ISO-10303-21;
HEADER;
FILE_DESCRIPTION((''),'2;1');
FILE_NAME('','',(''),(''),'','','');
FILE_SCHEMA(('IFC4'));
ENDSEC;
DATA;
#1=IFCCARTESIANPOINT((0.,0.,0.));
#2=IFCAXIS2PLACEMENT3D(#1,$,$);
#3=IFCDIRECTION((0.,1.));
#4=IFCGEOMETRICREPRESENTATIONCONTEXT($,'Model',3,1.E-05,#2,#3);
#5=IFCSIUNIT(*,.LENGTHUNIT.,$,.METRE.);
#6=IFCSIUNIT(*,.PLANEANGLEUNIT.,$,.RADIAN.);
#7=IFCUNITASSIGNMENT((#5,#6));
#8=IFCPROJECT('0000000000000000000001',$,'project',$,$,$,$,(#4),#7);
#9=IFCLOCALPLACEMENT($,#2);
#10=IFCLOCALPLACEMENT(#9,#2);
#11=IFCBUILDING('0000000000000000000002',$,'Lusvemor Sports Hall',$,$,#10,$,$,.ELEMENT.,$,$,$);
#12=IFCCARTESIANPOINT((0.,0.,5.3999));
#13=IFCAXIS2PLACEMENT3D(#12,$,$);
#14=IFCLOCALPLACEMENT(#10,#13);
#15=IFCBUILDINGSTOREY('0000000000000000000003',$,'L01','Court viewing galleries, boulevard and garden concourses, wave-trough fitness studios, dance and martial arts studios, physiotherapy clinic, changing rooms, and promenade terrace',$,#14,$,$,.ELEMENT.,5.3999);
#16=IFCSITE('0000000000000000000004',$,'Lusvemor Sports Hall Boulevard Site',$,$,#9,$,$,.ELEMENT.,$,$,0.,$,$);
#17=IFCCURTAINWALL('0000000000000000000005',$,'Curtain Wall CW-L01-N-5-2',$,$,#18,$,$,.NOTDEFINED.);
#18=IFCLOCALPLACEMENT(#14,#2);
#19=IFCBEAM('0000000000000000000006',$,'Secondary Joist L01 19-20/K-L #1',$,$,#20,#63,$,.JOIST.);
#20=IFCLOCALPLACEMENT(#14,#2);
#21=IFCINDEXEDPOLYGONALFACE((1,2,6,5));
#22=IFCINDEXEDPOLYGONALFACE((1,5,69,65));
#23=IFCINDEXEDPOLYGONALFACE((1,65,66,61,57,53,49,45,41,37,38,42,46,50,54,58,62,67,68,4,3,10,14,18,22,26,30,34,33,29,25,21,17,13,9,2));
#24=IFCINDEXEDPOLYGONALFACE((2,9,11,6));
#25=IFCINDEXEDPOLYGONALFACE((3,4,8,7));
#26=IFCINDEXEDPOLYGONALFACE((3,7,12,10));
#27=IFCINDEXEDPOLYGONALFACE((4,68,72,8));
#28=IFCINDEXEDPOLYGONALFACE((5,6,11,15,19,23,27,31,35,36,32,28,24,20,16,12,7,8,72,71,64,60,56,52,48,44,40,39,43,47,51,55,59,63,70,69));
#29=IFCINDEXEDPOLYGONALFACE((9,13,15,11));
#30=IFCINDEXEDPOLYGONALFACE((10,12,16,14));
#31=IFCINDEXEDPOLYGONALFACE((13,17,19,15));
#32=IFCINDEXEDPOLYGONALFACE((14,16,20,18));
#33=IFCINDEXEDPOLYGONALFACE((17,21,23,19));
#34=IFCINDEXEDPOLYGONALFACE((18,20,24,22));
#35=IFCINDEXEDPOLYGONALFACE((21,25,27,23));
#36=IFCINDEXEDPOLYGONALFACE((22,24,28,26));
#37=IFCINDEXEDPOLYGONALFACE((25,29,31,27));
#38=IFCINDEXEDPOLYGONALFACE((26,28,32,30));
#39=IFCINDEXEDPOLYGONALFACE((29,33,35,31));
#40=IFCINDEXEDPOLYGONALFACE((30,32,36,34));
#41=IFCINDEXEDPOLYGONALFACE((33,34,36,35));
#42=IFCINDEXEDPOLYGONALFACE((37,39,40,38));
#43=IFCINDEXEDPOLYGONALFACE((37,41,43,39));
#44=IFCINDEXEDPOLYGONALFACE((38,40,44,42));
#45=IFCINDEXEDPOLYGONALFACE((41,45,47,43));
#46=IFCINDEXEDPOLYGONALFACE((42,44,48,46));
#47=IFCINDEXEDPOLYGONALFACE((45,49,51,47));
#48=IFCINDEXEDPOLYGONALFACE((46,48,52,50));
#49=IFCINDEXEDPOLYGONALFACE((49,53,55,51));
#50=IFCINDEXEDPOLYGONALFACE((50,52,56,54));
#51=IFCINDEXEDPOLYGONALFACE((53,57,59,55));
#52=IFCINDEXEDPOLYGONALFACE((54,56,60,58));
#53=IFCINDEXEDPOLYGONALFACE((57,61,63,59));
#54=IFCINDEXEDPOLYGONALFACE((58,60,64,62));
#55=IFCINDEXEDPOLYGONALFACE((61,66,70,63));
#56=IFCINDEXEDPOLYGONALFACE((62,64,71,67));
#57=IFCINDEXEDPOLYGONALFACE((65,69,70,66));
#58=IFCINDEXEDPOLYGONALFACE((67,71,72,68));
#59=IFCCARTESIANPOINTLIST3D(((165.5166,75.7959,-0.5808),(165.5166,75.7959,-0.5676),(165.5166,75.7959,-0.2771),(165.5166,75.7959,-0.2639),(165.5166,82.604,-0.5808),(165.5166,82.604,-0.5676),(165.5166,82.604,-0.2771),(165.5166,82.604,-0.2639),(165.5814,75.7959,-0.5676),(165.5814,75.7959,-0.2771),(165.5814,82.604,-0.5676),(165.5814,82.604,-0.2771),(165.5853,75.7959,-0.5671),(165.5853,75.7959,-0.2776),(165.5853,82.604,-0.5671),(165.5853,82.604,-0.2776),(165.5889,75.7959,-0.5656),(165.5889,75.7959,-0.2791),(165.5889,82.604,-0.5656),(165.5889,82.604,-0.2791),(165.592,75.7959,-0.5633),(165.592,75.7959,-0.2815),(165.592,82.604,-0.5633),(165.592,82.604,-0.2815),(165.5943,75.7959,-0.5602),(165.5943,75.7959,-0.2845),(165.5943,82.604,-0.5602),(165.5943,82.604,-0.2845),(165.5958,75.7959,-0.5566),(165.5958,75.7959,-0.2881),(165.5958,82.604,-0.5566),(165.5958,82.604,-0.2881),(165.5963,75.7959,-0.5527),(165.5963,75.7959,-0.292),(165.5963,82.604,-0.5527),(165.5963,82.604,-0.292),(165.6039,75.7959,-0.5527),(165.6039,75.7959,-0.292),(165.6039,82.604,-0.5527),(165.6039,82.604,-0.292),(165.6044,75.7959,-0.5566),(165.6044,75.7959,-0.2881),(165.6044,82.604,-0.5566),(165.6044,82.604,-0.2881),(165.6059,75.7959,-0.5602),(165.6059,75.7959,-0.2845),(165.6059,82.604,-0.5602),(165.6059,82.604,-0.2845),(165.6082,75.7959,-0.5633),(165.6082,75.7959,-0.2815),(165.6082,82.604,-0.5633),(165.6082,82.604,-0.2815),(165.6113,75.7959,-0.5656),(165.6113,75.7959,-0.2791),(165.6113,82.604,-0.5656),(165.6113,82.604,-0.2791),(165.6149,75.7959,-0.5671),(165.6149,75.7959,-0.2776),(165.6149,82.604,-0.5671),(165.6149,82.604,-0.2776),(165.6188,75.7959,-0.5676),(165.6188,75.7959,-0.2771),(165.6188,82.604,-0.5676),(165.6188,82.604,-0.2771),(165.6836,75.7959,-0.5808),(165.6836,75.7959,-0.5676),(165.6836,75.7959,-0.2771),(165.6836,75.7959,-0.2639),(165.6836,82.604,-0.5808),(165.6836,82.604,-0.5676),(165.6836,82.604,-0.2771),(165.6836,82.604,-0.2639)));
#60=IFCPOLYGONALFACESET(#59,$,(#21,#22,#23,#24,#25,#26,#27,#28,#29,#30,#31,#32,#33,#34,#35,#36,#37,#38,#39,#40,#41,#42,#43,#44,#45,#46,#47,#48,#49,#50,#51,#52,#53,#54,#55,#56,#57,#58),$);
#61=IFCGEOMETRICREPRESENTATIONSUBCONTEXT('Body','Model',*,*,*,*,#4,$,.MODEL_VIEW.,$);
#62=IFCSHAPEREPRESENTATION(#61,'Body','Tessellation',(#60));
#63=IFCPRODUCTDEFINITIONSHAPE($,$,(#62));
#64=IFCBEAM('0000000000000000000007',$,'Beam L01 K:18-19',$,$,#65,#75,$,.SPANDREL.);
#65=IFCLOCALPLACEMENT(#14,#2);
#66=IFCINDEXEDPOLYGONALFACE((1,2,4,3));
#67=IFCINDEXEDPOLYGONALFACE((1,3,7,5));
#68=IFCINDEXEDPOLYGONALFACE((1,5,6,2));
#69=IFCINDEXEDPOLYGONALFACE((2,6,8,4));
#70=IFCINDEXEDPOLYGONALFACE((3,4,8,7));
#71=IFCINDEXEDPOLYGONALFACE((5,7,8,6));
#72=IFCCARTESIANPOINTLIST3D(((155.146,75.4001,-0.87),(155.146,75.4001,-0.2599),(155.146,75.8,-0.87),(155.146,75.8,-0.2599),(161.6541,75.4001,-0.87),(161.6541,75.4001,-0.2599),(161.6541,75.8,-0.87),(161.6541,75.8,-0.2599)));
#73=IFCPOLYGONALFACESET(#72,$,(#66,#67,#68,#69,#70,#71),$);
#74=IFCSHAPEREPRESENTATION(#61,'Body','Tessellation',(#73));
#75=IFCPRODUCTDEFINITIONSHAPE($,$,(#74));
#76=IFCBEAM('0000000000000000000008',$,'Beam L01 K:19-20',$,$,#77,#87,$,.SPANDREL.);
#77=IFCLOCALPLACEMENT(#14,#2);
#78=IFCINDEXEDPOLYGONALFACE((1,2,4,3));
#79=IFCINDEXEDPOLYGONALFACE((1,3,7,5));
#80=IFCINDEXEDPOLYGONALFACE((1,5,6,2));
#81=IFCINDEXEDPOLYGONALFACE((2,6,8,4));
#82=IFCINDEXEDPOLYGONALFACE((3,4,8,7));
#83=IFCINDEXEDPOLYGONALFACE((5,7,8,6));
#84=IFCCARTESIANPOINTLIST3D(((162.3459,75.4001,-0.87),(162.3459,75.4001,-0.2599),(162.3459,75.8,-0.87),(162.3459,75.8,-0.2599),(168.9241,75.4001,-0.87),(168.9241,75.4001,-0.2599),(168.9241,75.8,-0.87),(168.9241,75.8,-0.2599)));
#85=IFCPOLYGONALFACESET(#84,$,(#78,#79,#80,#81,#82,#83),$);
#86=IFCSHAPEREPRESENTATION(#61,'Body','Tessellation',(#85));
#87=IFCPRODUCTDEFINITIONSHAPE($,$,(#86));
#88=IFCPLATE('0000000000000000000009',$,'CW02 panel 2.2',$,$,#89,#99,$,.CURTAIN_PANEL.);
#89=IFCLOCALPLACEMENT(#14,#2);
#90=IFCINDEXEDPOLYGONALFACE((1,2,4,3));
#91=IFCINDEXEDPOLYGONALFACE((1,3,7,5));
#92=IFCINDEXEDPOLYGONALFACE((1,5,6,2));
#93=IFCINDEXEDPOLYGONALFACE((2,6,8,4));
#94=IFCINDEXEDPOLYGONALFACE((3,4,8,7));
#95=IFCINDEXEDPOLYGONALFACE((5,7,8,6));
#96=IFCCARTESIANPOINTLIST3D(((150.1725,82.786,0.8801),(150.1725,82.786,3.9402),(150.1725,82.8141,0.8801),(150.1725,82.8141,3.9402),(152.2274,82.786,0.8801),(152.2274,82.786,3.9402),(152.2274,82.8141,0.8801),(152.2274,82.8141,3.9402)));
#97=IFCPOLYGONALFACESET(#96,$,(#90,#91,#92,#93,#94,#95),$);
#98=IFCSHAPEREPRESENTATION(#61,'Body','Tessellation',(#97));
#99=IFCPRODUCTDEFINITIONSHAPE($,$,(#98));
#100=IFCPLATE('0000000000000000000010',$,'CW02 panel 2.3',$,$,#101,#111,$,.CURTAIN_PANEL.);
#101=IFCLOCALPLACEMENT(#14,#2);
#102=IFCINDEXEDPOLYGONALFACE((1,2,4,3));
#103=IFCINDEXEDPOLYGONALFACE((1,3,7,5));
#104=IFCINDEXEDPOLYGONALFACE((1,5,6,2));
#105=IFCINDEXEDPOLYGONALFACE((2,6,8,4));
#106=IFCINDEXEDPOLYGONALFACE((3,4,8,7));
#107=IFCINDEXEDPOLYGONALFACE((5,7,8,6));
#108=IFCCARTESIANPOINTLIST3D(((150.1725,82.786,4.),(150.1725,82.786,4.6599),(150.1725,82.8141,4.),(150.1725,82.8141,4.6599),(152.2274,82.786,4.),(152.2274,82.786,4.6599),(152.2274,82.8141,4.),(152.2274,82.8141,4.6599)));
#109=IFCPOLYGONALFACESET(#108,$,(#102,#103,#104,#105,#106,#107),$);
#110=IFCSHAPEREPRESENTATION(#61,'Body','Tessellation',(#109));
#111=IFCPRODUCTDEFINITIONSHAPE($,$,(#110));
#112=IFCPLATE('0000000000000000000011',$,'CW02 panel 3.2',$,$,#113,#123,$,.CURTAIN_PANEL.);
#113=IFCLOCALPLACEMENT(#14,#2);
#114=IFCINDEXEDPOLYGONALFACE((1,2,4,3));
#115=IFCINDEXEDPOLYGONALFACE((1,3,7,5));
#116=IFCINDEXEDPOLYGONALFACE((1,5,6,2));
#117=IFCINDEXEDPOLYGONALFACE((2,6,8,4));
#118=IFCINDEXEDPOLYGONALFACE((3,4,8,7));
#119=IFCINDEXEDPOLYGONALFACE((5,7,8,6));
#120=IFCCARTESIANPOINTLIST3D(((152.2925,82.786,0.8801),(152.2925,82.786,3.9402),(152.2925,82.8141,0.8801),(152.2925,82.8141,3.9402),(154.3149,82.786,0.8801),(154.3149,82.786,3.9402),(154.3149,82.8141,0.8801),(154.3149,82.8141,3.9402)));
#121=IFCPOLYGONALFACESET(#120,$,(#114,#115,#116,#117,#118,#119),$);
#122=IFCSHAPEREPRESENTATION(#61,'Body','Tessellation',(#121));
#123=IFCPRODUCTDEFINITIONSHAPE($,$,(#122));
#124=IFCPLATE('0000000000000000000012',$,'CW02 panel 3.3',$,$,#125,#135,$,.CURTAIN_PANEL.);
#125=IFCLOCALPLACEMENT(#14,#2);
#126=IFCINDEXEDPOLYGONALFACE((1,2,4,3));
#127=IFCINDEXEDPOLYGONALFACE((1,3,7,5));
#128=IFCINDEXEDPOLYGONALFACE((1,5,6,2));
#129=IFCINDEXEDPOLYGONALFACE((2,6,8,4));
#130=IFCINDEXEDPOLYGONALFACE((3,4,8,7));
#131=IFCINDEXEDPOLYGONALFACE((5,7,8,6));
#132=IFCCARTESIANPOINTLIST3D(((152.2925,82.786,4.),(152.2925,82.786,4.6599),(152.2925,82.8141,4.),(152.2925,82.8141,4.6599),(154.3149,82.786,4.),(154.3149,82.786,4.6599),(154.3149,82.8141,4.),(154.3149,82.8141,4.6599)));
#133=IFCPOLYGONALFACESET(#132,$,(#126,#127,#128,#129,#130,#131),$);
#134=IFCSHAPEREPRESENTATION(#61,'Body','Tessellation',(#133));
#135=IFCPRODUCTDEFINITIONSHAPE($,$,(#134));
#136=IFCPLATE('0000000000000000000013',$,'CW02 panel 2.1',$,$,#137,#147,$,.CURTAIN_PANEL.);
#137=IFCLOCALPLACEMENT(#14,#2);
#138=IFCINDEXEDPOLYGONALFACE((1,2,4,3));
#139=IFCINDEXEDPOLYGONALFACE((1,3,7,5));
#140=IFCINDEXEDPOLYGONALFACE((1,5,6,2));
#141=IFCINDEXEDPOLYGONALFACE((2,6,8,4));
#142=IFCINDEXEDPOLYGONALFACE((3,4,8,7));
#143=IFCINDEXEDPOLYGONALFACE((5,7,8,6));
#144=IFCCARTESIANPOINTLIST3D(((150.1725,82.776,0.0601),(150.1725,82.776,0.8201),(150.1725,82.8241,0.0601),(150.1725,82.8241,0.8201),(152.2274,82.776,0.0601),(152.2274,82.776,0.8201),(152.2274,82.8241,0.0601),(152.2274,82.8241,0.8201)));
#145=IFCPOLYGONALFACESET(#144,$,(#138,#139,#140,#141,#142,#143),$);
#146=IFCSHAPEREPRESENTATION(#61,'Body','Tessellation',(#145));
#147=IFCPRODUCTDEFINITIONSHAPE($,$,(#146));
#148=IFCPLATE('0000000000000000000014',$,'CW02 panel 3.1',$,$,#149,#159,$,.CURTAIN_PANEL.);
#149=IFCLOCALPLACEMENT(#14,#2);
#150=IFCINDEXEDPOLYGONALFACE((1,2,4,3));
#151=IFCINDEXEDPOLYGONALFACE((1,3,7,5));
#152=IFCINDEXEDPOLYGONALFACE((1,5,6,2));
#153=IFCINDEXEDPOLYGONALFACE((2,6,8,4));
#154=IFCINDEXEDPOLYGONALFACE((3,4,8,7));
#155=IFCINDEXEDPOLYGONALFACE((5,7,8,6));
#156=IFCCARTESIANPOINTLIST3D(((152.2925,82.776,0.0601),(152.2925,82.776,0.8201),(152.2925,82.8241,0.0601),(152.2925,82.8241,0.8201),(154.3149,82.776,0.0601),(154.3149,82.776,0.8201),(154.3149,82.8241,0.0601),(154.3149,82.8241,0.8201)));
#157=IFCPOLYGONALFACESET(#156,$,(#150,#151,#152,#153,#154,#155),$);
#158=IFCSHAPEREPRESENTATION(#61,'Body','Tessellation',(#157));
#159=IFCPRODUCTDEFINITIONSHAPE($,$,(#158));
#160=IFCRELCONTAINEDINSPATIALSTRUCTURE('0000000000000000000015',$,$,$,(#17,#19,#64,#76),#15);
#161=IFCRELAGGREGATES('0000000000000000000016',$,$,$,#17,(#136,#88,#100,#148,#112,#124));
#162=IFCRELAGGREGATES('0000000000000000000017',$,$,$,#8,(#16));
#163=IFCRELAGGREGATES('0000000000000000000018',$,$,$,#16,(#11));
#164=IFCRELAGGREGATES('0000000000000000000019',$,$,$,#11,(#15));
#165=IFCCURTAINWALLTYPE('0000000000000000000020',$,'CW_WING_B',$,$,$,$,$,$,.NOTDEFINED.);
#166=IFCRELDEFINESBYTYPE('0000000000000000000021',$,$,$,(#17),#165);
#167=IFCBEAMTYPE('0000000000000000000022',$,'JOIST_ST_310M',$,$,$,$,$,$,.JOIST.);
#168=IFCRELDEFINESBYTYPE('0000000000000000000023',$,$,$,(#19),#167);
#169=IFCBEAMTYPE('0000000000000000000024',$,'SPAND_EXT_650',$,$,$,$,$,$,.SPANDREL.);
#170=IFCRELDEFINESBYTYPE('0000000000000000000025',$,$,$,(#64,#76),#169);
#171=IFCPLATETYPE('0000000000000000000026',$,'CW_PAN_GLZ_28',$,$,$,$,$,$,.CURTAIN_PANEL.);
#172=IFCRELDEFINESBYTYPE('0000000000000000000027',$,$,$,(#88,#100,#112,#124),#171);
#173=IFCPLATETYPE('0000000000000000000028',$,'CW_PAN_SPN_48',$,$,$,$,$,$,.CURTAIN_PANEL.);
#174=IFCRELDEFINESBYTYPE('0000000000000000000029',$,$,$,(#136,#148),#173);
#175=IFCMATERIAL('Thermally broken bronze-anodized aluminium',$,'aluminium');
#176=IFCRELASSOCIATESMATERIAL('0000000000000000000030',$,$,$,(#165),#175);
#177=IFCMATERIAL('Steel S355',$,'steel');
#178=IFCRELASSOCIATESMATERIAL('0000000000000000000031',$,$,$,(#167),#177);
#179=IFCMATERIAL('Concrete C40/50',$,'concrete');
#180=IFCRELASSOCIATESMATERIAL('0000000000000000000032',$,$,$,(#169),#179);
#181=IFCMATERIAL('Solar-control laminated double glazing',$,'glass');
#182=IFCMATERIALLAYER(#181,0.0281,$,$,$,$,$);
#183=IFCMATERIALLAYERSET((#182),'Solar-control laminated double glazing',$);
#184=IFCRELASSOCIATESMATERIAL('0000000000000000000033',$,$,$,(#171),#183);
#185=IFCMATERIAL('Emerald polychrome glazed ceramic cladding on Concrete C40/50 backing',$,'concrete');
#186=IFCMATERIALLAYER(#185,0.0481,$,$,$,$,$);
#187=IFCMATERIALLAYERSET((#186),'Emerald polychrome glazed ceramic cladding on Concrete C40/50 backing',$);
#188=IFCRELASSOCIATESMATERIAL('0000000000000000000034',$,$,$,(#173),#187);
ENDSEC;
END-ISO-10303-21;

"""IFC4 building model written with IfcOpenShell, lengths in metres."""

from ifc_helpers import new_model, si_unit, direction, frame, origin, origin_2d, place, context, subcontext, project, spatial, rectangle, i_section, extrude, material, layer, layer_set, material_profile, profile_set, type_object, element, aggregate, save


model = new_model("IFC4")

# Units and contexts
model_context = context("Model", 3, precision=1e-05, world=origin(), true_north=direction((0.0, 1.0)))
body_context = subcontext(model_context, "Body", "Model", "MODEL_VIEW")
ifc_project = project(units=[si_unit("LENGTHUNIT", "METRE"), si_unit("PLANEANGLEUNIT", "RADIAN")], contexts=[model_context])

# Site, building, storey
site_placement = place(None, origin())
site = spatial("IfcSite", under=ifc_project, at=site_placement, Name="Lusvemor Sports Hall Boulevard Site", CompositionType="ELEMENT", RefElevation=0.0)
building_placement = place(site_placement, origin())
building = spatial("IfcBuilding", under=site, at=building_placement, Name="Lusvemor Sports Hall", CompositionType="ELEMENT")
storey_placement = place(building_placement, frame((0.0, 0.0, 5.3999)))
storey = spatial("IfcBuildingStorey", under=building, at=storey_placement, Name="L01", Description="Court viewing galleries, boulevard and garden concourses, wave-trough fitness studios, dance and martial arts studios, physiotherapy clinic, changing rooms, and promenade terrace", CompositionType="ELEMENT", Elevation=5.3999)

# Curtain wall
ifc_material_1 = material(Name="Thermally broken bronze-anodized aluminium", Category="aluminium")
curtain_wall_type = type_object("IfcCurtainWallType", Name="CW_WING_B", PredefinedType="NOTDEFINED", material=ifc_material_1)
curtain_wall_1_placement = place(storey_placement, origin())
curtain_wall_1 = element("IfcCurtainWall", 1, at=curtain_wall_1_placement, inside=storey, type_object=curtain_wall_type, Name="Curtain Wall CW-L01-N-5-2", PredefinedType="NOTDEFINED")

# Beams
ifc_material_2 = material(Name="Steel S355", Category="steel")
ifc_material_profile_1 = material_profile(ifc_material_2, i_section(OverallWidth=0.167, OverallDepth=0.3169, WebThickness=0.0076, FlangeThickness=0.0132, FilletRadius=0.0149, at=origin_2d()), Name="W310x52.0")
ifc_profile_set_1 = profile_set([ifc_material_profile_1], Name="Steel S355")
beam_type_1 = type_object("IfcBeamType", Name="JOIST_ST_310M", PredefinedType="JOIST", material=ifc_profile_set_1)
for number, where, z_axis, x_axis, name in (
    (2, (165.6001, 75.7959, -0.4224), (0.0, 1.0, 0.0), (-1.0, 0.0, 0.0), "Secondary Joist L01 19-20/K-L #1"),
):
    element("IfcBeam", number, at=place(storey_placement, frame(where, z_axis=z_axis, x_axis=x_axis)), inside=storey, type_object=beam_type_1, Name=name, PredefinedType="JOIST", context=body_context, shape_type="SweptSolid", body=[
        extrude(i_section(OverallWidth=0.167, OverallDepth=0.3169, WebThickness=0.0076, FlangeThickness=0.0132, FilletRadius=0.0149, at=origin_2d()), origin(), (0.0, 0.0, 1.0), 6.8081),
    ])
ifc_material_3 = material(Name="Concrete C40/50", Category="concrete")
ifc_material_profile_2 = material_profile(ifc_material_3, rectangle(XDim=0.3999, YDim=0.6101, at=origin_2d()), Name="RC400x610")
ifc_profile_set_2 = profile_set([ifc_material_profile_2], Name="Concrete C40/50")
beam_type_2 = type_object("IfcBeamType", Name="SPAND_EXT_650", PredefinedType="SPANDREL", material=ifc_profile_set_2)
beam_1_placement = place(storey_placement, frame((155.146, 75.6001, -0.5649), z_axis=(1.0, 0.0, 0.0), x_axis=(0.0, 1.0, 0.0)))
element("IfcBeam", 3, at=beam_1_placement, inside=storey, type_object=beam_type_2, Name="Beam L01 K:18-19", PredefinedType="SPANDREL", context=body_context, shape_type="SweptSolid", body=[
    extrude(rectangle(XDim=0.3999, YDim=0.6101, at=origin_2d()), origin(), (0.0, 0.0, 1.0), 6.5081),
])
beam_2_placement = place(storey_placement, frame((162.3459, 75.6001, -0.5649), z_axis=(1.0, 0.0, 0.0), x_axis=(0.0, 1.0, 0.0)))
element("IfcBeam", 4, at=beam_2_placement, inside=storey, type_object=beam_type_2, Name="Beam L01 K:19-20", PredefinedType="SPANDREL", context=body_context, shape_type="SweptSolid", body=[
    extrude(rectangle(XDim=0.3999, YDim=0.6101, at=origin_2d()), origin(), (0.0, 0.0, 1.0), 6.5781),
])

# Plates
ifc_material_4 = material(Name="Solar-control laminated double glazing", Category="glass")
ifc_layer_1 = layer(ifc_material_4, 0.0281)
ifc_layer_set_1 = layer_set([ifc_layer_1], Name="Solar-control laminated double glazing")
plate_type_1 = type_object("IfcPlateType", Name="CW_PAN_GLZ_28", PredefinedType="CURTAIN_PANEL", material=ifc_layer_set_1)
plate_1_placement = place(storey_placement, frame((151.2, 82.8, 0.8801), z_axis=(0.0, 0.0, 1.0), x_axis=(1.0, 0.0, 0.0)))
plate_1 = element("IfcPlate", 5, at=plate_1_placement, type_object=plate_type_1, Name="CW02 panel 2.2", PredefinedType="CURTAIN_PANEL", context=body_context, shape_type="SweptSolid", body=[
    extrude(rectangle(XDim=2.0549, YDim=0.0281, at=origin_2d()), origin(), (0.0, 0.0, 1.0), 3.0601),
])
plate_2_placement = place(storey_placement, frame((151.2, 82.8, 4.0), z_axis=(0.0, 0.0, 1.0), x_axis=(1.0, 0.0, 0.0)))
plate_2 = element("IfcPlate", 6, at=plate_2_placement, type_object=plate_type_1, Name="CW02 panel 2.3", PredefinedType="CURTAIN_PANEL", context=body_context, shape_type="SweptSolid", body=[
    extrude(rectangle(XDim=2.0549, YDim=0.0281, at=origin_2d()), origin(), (0.0, 0.0, 1.0), 0.6599),
])
plate_3_placement = place(storey_placement, frame((153.3037, 82.8, 0.8801), z_axis=(0.0, 0.0, 1.0), x_axis=(1.0, 0.0, 0.0)))
plate_3 = element("IfcPlate", 7, at=plate_3_placement, type_object=plate_type_1, Name="CW02 panel 3.2", PredefinedType="CURTAIN_PANEL", context=body_context, shape_type="SweptSolid", body=[
    extrude(rectangle(XDim=2.0225, YDim=0.0281, at=origin_2d()), origin(), (0.0, 0.0, 1.0), 3.0601),
])
plate_4_placement = place(storey_placement, frame((153.3037, 82.8, 4.0), z_axis=(0.0, 0.0, 1.0), x_axis=(1.0, 0.0, 0.0)))
plate_4 = element("IfcPlate", 8, at=plate_4_placement, type_object=plate_type_1, Name="CW02 panel 3.3", PredefinedType="CURTAIN_PANEL", context=body_context, shape_type="SweptSolid", body=[
    extrude(rectangle(XDim=2.0225, YDim=0.0281, at=origin_2d()), origin(), (0.0, 0.0, 1.0), 0.6599),
])
ifc_material_5 = material(Name="Emerald polychrome glazed ceramic cladding on Concrete C40/50 backing", Category="concrete")
ifc_layer_2 = layer(ifc_material_5, 0.0481)
ifc_layer_set_2 = layer_set([ifc_layer_2], Name="Emerald polychrome glazed ceramic cladding on Concrete C40/50 backing")
plate_type_2 = type_object("IfcPlateType", Name="CW_PAN_SPN_48", PredefinedType="CURTAIN_PANEL", material=ifc_layer_set_2)
plate_5_placement = place(storey_placement, frame((151.2, 82.8, 0.0601), z_axis=(0.0, 0.0, 1.0), x_axis=(1.0, 0.0, 0.0)))
plate_5 = element("IfcPlate", 9, at=plate_5_placement, type_object=plate_type_2, Name="CW02 panel 2.1", PredefinedType="CURTAIN_PANEL", context=body_context, shape_type="SweptSolid", body=[
    extrude(rectangle(XDim=2.0549, YDim=0.0481, at=origin_2d()), origin(), (0.0, 0.0, 1.0), 0.76),
])
plate_6_placement = place(storey_placement, frame((153.3037, 82.8, 0.0601), z_axis=(0.0, 0.0, 1.0), x_axis=(1.0, 0.0, 0.0)))
plate_6 = element("IfcPlate", 10, at=plate_6_placement, type_object=plate_type_2, Name="CW02 panel 3.1", PredefinedType="CURTAIN_PANEL", context=body_context, shape_type="SweptSolid", body=[
    extrude(rectangle(XDim=2.0225, YDim=0.0481, at=origin_2d()), origin(), (0.0, 0.0, 1.0), 0.76),
])
aggregate(curtain_wall_1, [plate_5, plate_1, plate_2, plate_6, plate_3, plate_4])

save(model, "model.ifc")
